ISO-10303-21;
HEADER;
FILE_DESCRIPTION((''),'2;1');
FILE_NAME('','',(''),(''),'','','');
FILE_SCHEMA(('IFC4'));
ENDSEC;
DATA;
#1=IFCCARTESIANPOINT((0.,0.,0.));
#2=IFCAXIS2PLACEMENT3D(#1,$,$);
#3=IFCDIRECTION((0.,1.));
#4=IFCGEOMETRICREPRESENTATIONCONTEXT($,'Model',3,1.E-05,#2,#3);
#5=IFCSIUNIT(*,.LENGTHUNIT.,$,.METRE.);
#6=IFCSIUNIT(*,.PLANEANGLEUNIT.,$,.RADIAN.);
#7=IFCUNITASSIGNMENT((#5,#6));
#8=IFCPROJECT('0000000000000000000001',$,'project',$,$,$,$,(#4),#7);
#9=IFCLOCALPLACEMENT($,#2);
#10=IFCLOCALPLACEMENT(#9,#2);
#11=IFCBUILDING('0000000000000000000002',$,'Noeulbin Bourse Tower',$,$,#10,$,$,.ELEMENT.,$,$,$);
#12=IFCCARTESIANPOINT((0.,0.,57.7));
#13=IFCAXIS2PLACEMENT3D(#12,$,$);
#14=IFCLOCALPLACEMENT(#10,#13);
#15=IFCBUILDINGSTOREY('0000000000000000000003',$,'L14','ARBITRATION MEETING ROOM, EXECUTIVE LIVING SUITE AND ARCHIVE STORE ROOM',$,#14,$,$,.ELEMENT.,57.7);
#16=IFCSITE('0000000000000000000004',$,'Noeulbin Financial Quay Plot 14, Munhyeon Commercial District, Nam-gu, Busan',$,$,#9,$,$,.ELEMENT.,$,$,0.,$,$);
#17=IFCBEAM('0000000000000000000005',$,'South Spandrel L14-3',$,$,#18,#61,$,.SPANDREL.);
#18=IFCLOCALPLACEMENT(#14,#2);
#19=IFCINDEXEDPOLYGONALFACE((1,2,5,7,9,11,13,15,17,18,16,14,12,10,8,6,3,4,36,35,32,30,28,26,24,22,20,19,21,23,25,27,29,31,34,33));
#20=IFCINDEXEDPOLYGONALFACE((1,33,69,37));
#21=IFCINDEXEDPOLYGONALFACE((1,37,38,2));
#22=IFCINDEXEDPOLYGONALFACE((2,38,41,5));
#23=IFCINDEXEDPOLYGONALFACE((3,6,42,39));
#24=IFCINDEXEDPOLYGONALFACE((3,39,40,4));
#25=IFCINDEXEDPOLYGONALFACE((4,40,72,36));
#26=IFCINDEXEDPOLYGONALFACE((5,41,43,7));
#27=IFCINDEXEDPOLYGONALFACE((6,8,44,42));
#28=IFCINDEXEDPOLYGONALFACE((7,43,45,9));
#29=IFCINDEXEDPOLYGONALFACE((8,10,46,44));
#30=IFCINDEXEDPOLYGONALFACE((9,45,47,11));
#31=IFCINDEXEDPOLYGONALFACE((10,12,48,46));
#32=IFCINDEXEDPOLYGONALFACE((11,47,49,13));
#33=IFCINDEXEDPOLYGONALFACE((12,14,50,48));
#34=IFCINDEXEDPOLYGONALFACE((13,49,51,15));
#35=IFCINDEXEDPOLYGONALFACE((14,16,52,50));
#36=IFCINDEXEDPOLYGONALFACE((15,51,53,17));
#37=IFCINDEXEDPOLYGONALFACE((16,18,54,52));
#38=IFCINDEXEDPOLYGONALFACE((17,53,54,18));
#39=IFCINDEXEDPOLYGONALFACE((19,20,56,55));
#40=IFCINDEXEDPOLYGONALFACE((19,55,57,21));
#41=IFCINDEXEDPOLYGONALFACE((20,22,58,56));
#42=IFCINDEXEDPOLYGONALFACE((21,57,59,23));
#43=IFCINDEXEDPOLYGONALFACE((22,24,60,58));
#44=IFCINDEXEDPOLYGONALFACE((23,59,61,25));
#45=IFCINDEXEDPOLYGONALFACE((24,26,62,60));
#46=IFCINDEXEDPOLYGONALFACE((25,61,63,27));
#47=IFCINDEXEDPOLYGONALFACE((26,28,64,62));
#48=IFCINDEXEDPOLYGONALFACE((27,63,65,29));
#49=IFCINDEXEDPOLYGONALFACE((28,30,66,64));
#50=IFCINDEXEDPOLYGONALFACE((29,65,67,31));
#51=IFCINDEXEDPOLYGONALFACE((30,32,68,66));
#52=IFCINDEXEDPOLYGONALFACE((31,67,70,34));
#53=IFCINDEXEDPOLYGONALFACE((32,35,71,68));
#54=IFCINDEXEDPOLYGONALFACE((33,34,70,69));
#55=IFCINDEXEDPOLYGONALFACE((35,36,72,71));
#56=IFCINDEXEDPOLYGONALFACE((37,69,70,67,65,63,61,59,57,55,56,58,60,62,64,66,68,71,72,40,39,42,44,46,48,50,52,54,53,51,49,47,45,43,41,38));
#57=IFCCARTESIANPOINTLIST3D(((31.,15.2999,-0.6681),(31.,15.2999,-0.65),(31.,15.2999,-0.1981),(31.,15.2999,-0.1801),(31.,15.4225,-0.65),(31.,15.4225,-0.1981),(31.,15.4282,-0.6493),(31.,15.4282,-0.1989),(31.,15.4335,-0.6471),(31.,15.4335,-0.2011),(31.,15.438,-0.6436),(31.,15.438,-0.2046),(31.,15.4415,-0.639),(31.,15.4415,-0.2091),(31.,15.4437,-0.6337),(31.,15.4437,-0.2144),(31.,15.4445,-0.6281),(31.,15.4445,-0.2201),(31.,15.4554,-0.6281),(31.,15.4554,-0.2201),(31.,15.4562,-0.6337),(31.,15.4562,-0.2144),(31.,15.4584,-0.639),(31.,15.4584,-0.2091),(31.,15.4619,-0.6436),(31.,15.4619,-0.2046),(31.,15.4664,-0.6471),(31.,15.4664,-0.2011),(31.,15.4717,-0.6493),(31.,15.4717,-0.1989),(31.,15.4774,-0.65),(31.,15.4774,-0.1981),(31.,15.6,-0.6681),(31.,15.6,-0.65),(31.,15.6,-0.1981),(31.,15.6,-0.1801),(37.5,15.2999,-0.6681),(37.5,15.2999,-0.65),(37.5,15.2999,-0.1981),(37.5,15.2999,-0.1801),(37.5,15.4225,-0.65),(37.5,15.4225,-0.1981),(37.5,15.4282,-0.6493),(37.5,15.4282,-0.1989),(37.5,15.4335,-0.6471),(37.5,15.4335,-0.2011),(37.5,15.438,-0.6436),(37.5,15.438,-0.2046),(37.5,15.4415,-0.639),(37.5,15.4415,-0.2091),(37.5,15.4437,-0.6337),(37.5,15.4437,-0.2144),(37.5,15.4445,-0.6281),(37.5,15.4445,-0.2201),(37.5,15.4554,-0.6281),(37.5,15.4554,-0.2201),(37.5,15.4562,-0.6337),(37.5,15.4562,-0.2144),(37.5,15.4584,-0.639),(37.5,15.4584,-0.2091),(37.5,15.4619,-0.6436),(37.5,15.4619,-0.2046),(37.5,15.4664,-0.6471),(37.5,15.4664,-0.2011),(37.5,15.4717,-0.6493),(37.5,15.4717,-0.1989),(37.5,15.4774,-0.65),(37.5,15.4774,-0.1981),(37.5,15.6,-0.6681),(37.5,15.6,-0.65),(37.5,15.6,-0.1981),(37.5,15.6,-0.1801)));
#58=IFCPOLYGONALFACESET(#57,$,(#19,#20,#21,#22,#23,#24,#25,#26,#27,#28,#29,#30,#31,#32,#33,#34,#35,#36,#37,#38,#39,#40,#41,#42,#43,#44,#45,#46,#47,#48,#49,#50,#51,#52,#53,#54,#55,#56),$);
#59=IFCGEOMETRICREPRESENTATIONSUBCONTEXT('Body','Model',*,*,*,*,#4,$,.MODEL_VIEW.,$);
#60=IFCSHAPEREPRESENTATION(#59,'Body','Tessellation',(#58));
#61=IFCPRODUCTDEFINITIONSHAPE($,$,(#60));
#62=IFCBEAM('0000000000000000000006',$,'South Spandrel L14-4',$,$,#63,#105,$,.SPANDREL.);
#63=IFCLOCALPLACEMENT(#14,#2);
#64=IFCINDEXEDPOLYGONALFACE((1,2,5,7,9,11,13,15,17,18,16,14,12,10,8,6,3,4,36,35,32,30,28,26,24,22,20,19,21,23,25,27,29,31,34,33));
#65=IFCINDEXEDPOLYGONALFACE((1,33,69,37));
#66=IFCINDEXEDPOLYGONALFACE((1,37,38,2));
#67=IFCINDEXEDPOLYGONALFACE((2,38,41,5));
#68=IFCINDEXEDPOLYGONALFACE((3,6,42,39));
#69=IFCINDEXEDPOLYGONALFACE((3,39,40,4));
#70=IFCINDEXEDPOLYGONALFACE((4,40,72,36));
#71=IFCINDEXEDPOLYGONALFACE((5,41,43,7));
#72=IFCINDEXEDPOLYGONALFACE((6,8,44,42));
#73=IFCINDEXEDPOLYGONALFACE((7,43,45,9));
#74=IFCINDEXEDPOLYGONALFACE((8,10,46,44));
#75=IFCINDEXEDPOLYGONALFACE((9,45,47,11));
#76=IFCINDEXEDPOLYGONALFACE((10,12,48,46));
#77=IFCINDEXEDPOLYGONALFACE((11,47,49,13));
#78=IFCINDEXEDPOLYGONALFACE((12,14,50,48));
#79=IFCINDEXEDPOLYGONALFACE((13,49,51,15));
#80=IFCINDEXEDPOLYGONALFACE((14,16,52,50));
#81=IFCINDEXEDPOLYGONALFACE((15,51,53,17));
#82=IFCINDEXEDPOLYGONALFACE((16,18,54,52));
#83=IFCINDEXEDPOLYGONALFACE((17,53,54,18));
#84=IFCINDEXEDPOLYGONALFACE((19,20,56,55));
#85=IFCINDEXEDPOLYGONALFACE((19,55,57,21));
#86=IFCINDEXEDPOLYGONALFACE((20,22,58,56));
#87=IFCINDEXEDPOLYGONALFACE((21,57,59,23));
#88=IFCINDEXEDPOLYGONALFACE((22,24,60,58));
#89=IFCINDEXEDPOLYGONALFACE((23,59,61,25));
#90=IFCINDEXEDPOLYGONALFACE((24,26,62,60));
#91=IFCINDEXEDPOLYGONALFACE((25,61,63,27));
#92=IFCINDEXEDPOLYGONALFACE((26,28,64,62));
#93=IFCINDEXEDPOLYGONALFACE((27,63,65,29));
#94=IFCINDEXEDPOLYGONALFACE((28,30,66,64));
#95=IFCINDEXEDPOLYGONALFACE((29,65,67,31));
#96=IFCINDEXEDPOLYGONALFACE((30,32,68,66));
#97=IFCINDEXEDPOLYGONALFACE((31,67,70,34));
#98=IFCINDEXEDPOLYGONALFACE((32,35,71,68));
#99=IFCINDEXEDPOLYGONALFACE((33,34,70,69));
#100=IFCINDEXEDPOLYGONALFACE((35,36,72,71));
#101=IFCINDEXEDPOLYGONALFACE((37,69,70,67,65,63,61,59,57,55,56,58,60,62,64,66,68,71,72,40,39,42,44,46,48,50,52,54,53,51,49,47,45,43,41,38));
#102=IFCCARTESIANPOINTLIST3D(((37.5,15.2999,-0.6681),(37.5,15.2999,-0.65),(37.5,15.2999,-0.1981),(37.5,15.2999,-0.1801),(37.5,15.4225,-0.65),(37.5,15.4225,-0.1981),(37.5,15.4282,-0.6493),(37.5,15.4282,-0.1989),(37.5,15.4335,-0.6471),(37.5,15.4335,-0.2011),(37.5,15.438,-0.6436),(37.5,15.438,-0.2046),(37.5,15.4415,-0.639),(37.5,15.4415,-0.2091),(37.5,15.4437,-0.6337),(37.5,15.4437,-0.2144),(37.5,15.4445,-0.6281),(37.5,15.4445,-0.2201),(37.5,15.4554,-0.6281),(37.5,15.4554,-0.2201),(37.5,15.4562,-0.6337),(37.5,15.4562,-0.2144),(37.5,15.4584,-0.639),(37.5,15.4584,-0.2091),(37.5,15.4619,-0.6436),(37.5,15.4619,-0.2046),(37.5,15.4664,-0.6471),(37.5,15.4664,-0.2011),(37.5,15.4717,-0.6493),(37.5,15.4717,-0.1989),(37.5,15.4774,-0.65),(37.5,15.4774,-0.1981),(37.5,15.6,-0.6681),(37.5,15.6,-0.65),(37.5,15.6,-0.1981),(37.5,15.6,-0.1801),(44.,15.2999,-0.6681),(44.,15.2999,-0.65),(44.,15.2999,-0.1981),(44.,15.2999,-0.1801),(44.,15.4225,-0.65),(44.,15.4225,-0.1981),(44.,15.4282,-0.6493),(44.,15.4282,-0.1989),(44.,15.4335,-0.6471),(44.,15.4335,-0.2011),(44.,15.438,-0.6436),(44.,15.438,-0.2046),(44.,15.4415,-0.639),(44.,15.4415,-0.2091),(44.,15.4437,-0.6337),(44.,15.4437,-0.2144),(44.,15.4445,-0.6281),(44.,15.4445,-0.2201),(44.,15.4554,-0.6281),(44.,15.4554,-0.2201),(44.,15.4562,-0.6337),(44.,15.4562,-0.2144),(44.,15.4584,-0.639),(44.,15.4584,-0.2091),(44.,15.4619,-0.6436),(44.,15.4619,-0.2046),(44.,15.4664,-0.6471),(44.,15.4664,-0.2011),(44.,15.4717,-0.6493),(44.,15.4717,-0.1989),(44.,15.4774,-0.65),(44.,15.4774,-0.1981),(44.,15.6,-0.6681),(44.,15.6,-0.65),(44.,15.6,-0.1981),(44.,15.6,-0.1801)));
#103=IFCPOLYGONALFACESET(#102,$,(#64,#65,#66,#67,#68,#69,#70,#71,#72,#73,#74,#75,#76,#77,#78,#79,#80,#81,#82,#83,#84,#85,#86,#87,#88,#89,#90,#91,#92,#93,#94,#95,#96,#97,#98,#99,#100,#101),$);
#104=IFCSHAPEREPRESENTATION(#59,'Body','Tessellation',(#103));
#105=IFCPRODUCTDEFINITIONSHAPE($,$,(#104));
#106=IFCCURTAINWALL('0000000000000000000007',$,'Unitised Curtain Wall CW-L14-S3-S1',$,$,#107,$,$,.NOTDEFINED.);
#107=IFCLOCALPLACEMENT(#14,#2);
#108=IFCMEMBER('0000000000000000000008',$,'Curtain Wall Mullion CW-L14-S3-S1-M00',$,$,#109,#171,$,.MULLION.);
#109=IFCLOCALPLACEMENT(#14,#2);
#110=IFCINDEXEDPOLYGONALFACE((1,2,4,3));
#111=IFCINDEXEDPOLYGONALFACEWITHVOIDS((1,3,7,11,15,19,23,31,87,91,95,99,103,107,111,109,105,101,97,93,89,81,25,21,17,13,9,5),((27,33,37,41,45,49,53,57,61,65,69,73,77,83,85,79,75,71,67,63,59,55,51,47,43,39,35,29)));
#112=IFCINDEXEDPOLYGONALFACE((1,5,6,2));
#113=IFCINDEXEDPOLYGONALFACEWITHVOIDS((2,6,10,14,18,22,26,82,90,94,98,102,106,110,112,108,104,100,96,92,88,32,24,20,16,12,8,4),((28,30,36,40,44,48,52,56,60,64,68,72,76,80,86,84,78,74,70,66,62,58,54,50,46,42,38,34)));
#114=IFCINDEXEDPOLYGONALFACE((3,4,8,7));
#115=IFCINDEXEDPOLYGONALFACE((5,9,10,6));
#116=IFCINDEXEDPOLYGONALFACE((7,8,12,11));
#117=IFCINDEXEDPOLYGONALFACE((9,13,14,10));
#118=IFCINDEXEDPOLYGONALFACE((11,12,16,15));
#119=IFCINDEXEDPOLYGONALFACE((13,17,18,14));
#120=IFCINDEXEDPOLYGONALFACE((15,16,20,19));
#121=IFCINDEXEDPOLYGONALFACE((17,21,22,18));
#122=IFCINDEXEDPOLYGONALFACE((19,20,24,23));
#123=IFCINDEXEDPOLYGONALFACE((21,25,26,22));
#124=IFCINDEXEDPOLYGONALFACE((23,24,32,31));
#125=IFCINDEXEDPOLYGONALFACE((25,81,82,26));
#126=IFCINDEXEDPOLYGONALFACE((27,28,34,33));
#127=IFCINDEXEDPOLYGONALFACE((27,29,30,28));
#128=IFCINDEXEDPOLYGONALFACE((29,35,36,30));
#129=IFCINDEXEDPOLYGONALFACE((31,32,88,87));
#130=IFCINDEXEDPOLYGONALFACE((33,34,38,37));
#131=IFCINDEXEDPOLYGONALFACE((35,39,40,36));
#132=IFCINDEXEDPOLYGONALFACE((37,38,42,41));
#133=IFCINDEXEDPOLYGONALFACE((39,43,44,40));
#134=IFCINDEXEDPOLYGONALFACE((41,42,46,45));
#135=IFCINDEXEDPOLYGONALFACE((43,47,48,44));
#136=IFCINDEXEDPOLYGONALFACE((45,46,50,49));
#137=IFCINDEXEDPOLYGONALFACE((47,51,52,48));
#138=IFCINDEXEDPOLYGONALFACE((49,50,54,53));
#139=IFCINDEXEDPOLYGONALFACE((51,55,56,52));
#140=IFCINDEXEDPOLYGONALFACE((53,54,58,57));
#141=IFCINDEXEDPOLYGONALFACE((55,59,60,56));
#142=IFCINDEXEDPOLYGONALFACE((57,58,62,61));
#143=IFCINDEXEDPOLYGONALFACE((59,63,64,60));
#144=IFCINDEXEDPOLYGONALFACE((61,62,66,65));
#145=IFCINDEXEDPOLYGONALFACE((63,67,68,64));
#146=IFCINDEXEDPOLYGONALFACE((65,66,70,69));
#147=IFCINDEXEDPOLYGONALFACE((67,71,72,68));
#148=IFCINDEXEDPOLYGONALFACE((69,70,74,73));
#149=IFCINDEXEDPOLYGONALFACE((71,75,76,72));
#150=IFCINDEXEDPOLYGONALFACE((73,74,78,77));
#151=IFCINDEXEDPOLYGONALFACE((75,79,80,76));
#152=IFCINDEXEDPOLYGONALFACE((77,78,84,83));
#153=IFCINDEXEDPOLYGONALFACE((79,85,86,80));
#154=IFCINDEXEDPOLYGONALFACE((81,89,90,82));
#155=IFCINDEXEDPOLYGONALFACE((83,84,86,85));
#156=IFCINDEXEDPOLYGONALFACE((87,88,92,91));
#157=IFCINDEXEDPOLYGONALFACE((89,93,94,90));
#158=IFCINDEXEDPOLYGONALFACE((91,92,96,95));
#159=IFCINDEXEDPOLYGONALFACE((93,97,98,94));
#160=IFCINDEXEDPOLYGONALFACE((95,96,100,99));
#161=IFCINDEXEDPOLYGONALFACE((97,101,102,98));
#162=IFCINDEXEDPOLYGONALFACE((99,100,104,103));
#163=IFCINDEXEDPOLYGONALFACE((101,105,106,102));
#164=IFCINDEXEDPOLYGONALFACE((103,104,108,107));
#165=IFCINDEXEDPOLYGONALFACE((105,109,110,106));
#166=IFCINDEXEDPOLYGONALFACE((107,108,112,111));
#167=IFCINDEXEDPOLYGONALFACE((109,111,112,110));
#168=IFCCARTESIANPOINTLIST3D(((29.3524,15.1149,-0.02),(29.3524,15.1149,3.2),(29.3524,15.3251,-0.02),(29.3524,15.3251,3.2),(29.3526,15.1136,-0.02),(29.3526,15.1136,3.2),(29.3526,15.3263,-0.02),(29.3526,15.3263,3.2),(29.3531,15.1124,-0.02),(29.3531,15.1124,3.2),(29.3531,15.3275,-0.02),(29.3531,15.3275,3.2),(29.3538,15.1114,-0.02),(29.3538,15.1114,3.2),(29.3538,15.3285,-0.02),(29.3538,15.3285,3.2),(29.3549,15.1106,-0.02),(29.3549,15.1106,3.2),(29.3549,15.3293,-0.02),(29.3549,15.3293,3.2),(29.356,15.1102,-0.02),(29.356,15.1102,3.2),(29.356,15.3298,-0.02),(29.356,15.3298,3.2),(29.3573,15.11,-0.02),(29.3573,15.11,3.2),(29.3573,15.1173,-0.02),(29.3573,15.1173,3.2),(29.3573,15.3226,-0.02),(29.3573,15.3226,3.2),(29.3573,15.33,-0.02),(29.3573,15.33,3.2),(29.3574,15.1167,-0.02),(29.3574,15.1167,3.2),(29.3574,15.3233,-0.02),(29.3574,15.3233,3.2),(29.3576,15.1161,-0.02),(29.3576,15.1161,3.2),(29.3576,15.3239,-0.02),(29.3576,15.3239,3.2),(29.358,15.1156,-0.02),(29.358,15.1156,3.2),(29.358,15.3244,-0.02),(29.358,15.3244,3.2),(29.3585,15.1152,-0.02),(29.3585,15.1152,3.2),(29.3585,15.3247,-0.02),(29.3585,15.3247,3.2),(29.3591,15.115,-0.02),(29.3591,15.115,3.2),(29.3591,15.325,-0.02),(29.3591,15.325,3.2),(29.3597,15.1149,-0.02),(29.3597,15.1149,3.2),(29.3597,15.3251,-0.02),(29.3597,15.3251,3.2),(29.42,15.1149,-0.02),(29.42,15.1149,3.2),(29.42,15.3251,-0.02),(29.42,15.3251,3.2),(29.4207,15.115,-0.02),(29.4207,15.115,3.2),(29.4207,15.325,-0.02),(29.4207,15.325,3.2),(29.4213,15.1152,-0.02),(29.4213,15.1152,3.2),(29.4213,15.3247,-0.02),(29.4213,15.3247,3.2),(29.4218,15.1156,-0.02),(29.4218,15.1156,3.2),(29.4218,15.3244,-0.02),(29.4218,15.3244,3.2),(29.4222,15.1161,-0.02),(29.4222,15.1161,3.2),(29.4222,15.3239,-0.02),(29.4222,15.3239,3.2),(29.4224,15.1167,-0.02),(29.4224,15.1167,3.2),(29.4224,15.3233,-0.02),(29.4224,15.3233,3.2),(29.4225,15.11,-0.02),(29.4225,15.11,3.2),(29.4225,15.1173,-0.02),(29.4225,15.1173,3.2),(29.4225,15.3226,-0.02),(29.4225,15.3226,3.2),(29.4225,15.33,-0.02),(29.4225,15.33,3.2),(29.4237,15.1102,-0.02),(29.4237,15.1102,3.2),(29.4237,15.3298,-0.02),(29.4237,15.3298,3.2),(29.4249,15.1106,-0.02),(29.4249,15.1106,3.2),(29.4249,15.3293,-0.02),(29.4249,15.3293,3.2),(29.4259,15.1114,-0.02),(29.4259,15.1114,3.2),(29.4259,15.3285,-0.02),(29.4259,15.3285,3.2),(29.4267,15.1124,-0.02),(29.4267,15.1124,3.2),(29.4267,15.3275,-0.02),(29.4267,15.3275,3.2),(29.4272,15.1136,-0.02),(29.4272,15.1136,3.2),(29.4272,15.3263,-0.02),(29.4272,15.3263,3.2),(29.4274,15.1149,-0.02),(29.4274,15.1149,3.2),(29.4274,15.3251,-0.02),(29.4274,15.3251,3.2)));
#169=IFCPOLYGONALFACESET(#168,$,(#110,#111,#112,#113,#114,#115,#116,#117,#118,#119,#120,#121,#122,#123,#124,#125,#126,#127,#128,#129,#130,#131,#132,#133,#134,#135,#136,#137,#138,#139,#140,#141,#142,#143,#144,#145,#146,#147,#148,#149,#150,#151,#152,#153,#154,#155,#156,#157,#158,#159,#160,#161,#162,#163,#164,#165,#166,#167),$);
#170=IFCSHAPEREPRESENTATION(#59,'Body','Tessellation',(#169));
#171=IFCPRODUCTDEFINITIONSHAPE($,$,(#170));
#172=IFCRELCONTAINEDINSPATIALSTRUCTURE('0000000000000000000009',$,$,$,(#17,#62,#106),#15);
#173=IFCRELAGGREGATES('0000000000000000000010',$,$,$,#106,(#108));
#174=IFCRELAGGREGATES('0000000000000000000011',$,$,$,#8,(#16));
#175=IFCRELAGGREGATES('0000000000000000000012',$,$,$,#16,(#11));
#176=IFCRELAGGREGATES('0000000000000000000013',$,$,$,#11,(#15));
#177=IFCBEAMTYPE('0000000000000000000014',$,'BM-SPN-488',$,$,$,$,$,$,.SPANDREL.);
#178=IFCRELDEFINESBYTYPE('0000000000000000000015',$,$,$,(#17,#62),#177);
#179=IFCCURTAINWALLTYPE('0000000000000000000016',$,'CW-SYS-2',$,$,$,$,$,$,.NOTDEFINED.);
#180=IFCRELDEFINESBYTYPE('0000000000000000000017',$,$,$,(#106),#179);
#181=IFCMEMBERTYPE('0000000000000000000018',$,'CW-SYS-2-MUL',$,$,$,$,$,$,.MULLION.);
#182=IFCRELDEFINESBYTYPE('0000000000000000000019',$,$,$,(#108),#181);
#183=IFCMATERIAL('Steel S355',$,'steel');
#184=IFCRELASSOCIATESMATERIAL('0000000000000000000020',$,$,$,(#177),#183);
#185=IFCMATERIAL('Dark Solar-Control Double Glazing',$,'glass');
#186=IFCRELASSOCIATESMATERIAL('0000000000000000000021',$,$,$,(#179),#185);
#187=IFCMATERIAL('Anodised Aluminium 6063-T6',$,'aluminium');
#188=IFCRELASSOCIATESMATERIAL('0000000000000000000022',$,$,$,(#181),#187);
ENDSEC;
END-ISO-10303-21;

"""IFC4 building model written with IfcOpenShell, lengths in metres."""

from ifc_helpers import new_model, si_unit, direction, frame, origin, origin_2d, place, context, subcontext, project, spatial, hollow_rectangle, i_section, extrude, material, material_profile, profile_set, type_object, element, aggregate, save


model = new_model("IFC4")

# Units and contexts
model_context = context("Model", 3, precision=1e-05, world=origin(), true_north=direction((0.0, 1.0)))
body_context = subcontext(model_context, "Body", "Model", "MODEL_VIEW")
ifc_project = project(units=[si_unit("LENGTHUNIT", "METRE"), si_unit("PLANEANGLEUNIT", "RADIAN")], contexts=[model_context])

# Site, building, storey
site_placement = place(None, origin())
site = spatial("IfcSite", under=ifc_project, at=site_placement, Name="Noeulbin Financial Quay Plot 14, Munhyeon Commercial District, Nam-gu, Busan", CompositionType="ELEMENT", RefElevation=0.0)
building_placement = place(site_placement, origin())
building = spatial("IfcBuilding", under=site, at=building_placement, Name="Noeulbin Bourse Tower", CompositionType="ELEMENT")
storey_placement = place(building_placement, frame((0.0, 0.0, 57.7)))
storey = spatial("IfcBuildingStorey", under=building, at=storey_placement, Name="L14", Description="ARBITRATION MEETING ROOM, EXECUTIVE LIVING SUITE AND ARCHIVE STORE ROOM", CompositionType="ELEMENT", Elevation=57.7)

# Beams
ifc_material_1 = material(Name="Steel S355", Category="steel")
ifc_material_profile_1 = material_profile(ifc_material_1, i_section(OverallWidth=0.3, OverallDepth=0.488, WebThickness=0.011, FlangeThickness=0.0181, FilletRadius=0.022, at=origin_2d()), Name="H-488x300x11x18", Category="LoadBearing")
ifc_profile_set_1 = profile_set([ifc_material_profile_1], Name="Steel S355")
beam_type_1 = type_object("IfcBeamType", Name="BM-SPN-488", PredefinedType="SPANDREL", material=ifc_profile_set_1)
for number, where, z_axis, x_axis, name in (
    (1, (31.0, 15.45, -0.4241), (1.0, 0.0, 0.0), (0.0, 1.0, 0.0), "South Spandrel L14-3"),
    (2, (37.5, 15.45, -0.4241), (1.0, 0.0, 0.0), (0.0, 1.0, 0.0), "South Spandrel L14-4"),
):
    element("IfcBeam", number, at=place(storey_placement, frame(where, z_axis=z_axis, x_axis=x_axis)), inside=storey, type_object=beam_type_1, Name=name, PredefinedType="SPANDREL", context=body_context, shape_type="SweptSolid", body=[
        extrude(i_section(OverallWidth=0.3, OverallDepth=0.488, WebThickness=0.011, FlangeThickness=0.0181, FilletRadius=0.022, at=origin_2d()), origin(), (0.0, 0.0, 1.0), 6.5),
    ])

# Curtain wall, member
ifc_material_2 = material(Name="Dark Solar-Control Double Glazing", Category="glass")
curtain_wall_type = type_object("IfcCurtainWallType", Name="CW-SYS-2", PredefinedType="NOTDEFINED", material=ifc_material_2)
curtain_wall_1_placement = place(storey_placement, origin())
curtain_wall_1 = element("IfcCurtainWall", 3, at=curtain_wall_1_placement, inside=storey, type_object=curtain_wall_type, Name="Unitised Curtain Wall CW-L14-S3-S1", PredefinedType="NOTDEFINED")
ifc_material_3 = material(Name="Anodised Aluminium 6063-T6", Category="aluminium")
ifc_material_profile_2 = material_profile(ifc_material_3, hollow_rectangle(XDim=0.075, YDim=0.22, WallThickness=0.0049, InnerFilletRadius=0.0024, OuterFilletRadius=0.0049, at=origin_2d()), Name="ALU-MULL-75x220x5", Category="LoadBearing")
ifc_profile_set_2 = profile_set([ifc_material_profile_2], Name="Anodised Aluminium 6063-T6")
member_type_1 = type_object("IfcMemberType", Name="CW-SYS-2-MUL", PredefinedType="MULLION", material=ifc_profile_set_2)
member_1_placement = place(storey_placement, frame((29.3899, 15.22, -0.02), z_axis=(0.0, 0.0, 1.0), x_axis=(1.0, 0.0, 0.0)))
member_1 = element("IfcMember", 4, at=member_1_placement, type_object=member_type_1, Name="Curtain Wall Mullion CW-L14-S3-S1-M00", PredefinedType="MULLION", context=body_context, shape_type="SweptSolid", body=[
    extrude(hollow_rectangle(XDim=0.075, YDim=0.22, WallThickness=0.0049, InnerFilletRadius=0.0024, OuterFilletRadius=0.0049, at=origin_2d()), origin(), (0.0, 0.0, 1.0), 3.22),
])

aggregate(curtain_wall_1, [member_1])

save(model, "model.ifc")
